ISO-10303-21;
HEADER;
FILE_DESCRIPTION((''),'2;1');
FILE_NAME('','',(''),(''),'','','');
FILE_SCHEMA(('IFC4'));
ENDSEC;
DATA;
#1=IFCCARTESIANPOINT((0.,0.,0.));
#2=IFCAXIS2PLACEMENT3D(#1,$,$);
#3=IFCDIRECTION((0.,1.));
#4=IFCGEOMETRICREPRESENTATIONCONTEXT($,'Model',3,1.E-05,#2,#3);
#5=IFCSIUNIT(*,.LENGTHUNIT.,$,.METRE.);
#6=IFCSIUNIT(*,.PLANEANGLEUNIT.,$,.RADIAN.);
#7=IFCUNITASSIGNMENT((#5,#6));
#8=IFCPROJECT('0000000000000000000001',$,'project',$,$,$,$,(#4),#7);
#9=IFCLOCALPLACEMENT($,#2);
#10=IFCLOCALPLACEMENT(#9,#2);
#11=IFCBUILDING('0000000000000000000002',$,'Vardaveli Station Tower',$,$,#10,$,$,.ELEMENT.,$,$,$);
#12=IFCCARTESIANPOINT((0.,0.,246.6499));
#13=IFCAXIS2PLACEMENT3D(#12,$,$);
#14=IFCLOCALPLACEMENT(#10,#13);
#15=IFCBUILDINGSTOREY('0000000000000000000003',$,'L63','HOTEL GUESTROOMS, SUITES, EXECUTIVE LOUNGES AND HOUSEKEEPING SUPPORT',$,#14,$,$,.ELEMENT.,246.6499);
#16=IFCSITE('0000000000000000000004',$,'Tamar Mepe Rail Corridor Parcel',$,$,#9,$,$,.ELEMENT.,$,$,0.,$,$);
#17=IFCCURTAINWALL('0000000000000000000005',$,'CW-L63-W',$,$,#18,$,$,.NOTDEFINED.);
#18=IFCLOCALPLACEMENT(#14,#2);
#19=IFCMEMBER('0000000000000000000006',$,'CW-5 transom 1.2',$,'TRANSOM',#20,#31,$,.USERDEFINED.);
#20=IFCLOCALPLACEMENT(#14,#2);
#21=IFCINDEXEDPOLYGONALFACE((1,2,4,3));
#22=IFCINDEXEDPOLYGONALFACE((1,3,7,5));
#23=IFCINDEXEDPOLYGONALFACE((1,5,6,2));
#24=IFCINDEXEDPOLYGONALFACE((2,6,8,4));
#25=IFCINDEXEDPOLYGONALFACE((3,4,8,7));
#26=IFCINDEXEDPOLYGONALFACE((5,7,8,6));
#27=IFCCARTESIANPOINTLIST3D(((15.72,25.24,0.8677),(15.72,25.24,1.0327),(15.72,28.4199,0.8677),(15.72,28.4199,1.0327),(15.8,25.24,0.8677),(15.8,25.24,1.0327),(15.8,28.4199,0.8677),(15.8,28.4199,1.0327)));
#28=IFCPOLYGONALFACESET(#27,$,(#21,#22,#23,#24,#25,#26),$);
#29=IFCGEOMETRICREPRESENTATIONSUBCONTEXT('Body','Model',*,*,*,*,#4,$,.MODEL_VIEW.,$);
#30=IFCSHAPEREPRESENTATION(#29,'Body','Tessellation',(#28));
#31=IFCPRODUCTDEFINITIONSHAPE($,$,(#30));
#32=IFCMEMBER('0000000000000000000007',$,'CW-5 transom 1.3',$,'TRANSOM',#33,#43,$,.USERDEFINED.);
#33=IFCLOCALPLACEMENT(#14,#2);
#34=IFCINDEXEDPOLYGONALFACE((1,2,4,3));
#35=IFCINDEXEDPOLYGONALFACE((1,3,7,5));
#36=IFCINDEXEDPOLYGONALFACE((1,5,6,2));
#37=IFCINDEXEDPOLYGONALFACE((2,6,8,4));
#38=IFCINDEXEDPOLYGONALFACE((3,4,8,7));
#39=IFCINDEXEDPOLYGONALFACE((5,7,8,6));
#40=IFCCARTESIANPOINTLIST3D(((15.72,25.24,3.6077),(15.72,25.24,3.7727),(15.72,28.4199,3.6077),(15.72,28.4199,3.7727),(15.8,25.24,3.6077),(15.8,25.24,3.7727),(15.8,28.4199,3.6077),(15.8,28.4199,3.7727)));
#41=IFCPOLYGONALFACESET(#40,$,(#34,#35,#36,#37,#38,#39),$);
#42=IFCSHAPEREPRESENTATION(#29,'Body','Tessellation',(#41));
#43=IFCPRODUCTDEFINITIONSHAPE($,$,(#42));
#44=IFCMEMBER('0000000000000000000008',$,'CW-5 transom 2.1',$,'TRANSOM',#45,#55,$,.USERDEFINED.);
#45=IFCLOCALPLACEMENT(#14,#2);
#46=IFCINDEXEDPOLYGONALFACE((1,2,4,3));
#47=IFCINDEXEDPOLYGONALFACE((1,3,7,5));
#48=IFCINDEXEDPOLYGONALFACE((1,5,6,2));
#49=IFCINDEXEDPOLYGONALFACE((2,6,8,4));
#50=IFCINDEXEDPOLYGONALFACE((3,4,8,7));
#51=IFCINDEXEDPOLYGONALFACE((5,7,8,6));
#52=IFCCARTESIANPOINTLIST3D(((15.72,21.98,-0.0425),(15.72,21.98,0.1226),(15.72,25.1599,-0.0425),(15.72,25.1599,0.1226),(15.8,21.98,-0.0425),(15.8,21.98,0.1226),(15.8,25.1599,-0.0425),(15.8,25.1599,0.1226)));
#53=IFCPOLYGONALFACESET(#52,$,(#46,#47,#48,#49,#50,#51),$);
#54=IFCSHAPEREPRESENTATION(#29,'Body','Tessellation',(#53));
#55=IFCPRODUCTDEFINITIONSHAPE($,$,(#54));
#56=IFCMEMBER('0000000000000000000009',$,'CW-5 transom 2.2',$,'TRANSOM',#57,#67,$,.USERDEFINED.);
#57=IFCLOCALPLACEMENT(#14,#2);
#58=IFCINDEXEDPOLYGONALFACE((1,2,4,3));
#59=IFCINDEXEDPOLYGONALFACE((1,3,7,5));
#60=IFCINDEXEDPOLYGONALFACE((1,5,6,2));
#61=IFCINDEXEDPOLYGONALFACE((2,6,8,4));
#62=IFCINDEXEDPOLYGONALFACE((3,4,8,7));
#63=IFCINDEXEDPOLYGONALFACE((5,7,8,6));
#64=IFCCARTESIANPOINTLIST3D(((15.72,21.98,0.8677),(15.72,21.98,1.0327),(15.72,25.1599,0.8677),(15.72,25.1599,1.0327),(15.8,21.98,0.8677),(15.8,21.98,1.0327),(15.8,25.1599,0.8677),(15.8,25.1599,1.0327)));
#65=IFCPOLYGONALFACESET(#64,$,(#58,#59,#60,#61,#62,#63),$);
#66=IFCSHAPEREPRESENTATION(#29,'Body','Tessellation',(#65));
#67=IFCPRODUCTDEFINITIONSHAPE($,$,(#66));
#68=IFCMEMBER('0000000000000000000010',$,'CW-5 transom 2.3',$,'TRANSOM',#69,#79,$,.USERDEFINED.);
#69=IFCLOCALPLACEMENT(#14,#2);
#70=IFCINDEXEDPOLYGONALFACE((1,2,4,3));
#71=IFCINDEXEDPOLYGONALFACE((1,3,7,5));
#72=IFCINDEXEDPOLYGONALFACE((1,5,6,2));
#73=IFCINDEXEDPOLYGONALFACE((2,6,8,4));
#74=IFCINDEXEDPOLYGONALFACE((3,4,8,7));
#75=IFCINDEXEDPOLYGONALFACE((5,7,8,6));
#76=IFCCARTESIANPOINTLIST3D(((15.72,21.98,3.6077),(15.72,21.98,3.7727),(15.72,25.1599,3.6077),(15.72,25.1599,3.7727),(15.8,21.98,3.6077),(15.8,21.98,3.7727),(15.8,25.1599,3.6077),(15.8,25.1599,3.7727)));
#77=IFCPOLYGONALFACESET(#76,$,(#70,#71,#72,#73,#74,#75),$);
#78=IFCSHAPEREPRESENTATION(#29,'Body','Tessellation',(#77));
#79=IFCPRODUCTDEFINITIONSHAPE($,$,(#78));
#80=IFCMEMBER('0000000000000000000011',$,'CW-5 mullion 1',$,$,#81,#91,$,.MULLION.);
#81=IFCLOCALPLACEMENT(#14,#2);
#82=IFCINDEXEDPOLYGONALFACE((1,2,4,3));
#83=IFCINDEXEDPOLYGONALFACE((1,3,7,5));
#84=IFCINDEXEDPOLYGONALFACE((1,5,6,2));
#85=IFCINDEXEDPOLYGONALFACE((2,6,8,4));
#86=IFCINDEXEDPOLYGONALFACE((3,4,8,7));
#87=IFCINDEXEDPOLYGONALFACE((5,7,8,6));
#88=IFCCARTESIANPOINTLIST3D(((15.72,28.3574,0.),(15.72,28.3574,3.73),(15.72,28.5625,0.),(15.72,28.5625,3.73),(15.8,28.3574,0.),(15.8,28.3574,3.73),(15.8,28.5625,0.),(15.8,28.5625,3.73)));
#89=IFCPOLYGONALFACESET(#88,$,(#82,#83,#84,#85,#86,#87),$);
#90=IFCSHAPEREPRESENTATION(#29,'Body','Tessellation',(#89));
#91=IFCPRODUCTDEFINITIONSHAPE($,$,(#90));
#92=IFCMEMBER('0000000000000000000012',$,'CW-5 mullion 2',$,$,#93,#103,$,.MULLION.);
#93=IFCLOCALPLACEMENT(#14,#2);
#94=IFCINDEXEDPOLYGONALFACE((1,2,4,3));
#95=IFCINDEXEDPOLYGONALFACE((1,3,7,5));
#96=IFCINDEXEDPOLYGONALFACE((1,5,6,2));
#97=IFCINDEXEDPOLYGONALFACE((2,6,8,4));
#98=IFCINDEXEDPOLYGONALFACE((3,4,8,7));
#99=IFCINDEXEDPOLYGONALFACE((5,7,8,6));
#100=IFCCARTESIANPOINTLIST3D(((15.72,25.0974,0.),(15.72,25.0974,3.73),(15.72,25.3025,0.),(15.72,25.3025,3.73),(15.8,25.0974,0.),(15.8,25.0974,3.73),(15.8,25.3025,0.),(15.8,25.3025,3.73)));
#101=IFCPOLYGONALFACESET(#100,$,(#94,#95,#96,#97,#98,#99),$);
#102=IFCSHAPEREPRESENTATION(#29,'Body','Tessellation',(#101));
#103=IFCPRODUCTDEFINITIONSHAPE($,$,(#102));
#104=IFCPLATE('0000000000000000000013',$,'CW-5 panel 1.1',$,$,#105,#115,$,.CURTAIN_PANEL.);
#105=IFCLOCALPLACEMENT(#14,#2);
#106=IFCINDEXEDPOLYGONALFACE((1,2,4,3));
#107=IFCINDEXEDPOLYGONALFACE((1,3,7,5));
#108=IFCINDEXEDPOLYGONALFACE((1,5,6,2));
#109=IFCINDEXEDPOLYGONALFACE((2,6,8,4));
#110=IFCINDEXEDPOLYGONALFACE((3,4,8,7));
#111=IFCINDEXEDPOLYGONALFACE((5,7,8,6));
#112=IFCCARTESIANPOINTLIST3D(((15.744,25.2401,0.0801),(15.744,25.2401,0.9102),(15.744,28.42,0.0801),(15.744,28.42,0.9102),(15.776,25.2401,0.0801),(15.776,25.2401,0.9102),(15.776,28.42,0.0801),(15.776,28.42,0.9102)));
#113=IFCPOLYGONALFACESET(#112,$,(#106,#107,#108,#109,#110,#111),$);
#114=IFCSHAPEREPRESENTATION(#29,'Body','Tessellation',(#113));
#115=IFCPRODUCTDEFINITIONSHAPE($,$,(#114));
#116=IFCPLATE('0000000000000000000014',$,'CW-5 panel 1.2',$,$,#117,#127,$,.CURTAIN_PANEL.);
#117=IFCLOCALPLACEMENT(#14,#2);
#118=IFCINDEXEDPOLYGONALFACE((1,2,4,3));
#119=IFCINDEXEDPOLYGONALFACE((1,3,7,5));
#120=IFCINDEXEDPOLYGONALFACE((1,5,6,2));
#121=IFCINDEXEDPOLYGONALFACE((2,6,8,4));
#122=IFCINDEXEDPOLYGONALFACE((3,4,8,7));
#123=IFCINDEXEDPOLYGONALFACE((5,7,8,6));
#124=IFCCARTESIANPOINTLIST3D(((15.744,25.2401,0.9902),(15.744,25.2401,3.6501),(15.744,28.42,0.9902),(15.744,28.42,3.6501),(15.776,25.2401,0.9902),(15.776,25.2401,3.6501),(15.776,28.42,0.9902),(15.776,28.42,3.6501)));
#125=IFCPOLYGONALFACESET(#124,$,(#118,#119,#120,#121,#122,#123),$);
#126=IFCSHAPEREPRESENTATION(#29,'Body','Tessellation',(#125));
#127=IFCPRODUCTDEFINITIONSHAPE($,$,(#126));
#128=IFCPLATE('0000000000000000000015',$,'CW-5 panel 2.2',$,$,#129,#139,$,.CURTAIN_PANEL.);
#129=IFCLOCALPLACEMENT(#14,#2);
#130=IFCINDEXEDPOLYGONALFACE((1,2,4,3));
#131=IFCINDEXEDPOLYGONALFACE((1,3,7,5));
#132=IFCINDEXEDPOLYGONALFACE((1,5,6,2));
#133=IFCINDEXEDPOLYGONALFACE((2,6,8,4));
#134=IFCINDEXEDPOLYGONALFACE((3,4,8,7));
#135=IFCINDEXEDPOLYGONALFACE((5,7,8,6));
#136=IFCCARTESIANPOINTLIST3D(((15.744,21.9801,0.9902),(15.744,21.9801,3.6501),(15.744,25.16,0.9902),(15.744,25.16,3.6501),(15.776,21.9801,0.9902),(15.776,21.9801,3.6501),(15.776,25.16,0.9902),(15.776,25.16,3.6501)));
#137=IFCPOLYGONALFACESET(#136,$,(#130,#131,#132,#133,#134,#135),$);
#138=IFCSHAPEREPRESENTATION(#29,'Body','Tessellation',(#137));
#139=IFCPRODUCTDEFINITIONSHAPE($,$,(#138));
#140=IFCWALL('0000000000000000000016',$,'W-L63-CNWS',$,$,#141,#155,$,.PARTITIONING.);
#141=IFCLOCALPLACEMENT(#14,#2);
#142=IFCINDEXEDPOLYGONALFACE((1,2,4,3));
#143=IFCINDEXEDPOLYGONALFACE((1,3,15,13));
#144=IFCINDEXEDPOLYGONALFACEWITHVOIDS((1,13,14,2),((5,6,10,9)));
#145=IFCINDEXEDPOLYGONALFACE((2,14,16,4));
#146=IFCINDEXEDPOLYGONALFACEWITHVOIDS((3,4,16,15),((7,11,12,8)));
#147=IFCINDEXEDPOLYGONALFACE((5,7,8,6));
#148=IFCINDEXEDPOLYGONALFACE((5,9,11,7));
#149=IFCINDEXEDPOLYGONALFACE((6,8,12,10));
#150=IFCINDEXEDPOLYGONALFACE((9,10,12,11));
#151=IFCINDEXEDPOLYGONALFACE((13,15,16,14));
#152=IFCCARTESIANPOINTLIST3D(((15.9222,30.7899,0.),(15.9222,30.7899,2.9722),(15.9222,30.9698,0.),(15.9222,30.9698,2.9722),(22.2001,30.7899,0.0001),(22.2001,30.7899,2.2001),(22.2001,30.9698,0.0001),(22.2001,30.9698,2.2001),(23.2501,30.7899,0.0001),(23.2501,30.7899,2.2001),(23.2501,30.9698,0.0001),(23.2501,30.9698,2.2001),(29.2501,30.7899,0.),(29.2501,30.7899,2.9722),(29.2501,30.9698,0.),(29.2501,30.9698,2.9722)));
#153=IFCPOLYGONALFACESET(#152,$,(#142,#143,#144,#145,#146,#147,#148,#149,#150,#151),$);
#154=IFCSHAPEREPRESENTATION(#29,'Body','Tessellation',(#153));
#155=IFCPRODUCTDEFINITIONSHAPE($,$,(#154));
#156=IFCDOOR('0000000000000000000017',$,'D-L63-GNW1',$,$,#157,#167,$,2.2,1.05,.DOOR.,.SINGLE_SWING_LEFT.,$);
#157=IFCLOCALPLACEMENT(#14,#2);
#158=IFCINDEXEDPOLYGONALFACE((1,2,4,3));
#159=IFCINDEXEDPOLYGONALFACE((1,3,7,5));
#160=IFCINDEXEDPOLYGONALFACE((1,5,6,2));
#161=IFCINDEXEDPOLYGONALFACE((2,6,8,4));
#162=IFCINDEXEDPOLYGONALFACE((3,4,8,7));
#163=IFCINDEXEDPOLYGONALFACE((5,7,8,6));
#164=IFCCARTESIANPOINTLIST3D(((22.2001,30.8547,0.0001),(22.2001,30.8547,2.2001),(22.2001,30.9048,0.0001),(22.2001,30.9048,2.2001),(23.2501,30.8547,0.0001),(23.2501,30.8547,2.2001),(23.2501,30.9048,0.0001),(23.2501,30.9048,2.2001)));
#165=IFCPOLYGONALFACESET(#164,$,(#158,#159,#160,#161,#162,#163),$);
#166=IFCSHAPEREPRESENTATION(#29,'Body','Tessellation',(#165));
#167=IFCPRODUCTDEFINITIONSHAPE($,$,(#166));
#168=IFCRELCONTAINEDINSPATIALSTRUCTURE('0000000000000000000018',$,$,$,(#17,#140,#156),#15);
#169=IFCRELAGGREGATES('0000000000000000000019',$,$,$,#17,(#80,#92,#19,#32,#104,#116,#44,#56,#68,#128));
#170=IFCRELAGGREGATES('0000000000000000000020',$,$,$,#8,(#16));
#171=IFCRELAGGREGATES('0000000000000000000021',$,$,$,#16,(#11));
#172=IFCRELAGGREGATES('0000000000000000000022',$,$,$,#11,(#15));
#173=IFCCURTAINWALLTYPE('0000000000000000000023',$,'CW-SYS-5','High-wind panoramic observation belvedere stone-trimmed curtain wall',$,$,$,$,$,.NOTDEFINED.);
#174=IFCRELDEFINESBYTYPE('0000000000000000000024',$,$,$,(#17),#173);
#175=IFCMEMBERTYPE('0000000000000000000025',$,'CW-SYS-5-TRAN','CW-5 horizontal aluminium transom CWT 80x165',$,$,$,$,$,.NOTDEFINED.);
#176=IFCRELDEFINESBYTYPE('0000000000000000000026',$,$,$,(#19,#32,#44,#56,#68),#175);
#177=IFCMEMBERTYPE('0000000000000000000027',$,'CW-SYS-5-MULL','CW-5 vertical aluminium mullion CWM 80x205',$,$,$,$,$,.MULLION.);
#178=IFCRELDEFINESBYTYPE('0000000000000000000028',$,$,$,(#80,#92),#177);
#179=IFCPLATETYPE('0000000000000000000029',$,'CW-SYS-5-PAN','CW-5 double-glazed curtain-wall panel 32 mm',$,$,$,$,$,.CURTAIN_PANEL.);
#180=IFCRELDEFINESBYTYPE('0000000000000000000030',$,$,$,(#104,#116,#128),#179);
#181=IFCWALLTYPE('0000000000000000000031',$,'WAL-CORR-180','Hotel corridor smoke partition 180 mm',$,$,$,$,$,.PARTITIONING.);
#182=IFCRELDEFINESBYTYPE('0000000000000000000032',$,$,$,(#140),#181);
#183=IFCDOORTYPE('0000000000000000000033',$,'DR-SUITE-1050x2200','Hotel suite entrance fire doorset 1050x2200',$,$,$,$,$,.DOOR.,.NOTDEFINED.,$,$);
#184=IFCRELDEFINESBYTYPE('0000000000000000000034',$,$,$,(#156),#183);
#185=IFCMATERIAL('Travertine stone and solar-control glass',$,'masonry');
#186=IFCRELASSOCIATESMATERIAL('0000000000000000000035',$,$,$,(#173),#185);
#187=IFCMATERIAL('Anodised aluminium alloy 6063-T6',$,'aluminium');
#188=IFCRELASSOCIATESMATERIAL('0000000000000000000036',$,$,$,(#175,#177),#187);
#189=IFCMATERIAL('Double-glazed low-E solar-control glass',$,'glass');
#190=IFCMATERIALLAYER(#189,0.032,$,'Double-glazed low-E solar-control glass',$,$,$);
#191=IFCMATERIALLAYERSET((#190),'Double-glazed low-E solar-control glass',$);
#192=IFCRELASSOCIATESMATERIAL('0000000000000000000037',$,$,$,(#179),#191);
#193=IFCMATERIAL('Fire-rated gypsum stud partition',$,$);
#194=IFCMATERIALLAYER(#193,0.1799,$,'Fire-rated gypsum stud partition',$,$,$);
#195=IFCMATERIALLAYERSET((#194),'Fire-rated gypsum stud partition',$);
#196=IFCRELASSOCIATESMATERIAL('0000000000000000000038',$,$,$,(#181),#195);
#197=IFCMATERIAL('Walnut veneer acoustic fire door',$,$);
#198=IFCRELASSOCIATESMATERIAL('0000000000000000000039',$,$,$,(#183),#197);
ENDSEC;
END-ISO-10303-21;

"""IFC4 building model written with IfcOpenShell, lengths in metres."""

from ifc_helpers import new_model, si_unit, direction, frame, frame_2d, origin, origin_2d, place, context, subcontext, project, spatial, rectangle, extrude, source, transform, mapped, material, layer, layer_set, material_profile, profile_set, type_object, element, fill, aggregate, save


model = new_model("IFC4")

# Units and contexts
model_context = context("Model", 3, precision=1e-05, world=origin(), true_north=direction((0.0, 1.0)))
body_context = subcontext(model_context, "Body", "Model", "MODEL_VIEW")
ifc_project = project(units=[si_unit("LENGTHUNIT", "METRE"), si_unit("PLANEANGLEUNIT", "RADIAN")], contexts=[model_context])

# Site, building, storey
site_placement = place(None, origin())
site = spatial("IfcSite", under=ifc_project, at=site_placement, Name="Tamar Mepe Rail Corridor Parcel", CompositionType="ELEMENT", RefElevation=0.0)
building_placement = place(site_placement, origin())
building = spatial("IfcBuilding", under=site, at=building_placement, Name="Vardaveli Station Tower", CompositionType="ELEMENT")
storey_placement = place(building_placement, frame((0.0, 0.0, 246.6499)))
storey = spatial("IfcBuildingStorey", under=building, at=storey_placement, Name="L63", Description="HOTEL GUESTROOMS, SUITES, EXECUTIVE LOUNGES AND HOUSEKEEPING SUPPORT", CompositionType="ELEMENT", Elevation=246.6499)

# Curtain wall, members, plates
ifc_material_1 = material(Name="Travertine stone and solar-control glass", Category="masonry")
curtain_wall_type = type_object("IfcCurtainWallType", Name="CW-SYS-5", Description="High-wind panoramic observation belvedere stone-trimmed curtain wall", PredefinedType="NOTDEFINED", material=ifc_material_1)
curtain_wall_placement = place(storey_placement, origin())
curtain_wall = element("IfcCurtainWall", 1, at=curtain_wall_placement, inside=storey, type_object=curtain_wall_type, Name="CW-L63-W", PredefinedType="NOTDEFINED")
ifc_material_2 = material(Name="Anodised aluminium alloy 6063-T6", Category="aluminium")
ifc_material_profile_1 = material_profile(ifc_material_2, rectangle(XDim=0.0801, YDim=0.165, at=origin_2d()), Name="CWT 80x165")
ifc_profile_set_1 = profile_set([ifc_material_profile_1], Name="Anodised aluminium alloy 6063-T6")
member_type_1 = type_object("IfcMemberType", Name="CW-SYS-5-TRAN", Description="CW-5 horizontal aluminium transom CWT 80x165", PredefinedType="NOTDEFINED", material=ifc_profile_set_1)
shared_shape_1 = source(origin(), body_context, "Body", "SweptSolid", [
    extrude(rectangle(XDim=0.0801, YDim=0.165, at=origin_2d()), origin(), (0.0, 0.0, 1.0), 3.1799),
])
member_1_placement = place(storey_placement, frame((15.76, 28.4199, 0.9502), z_axis=(0.0, -1.0, 0.0), x_axis=(1.0, 0.0, 0.0)))
member_1 = element("IfcMember", 2, at=member_1_placement, type_object=member_type_1, Name="CW-5 transom 1.2", ObjectType="TRANSOM", PredefinedType="USERDEFINED", context=body_context, shape_type="MappedRepresentation", body=[
    mapped(shared_shape_1, transform((0.0, 0.0, 0.0), scale=1.0)),
])
member_2_placement = place(storey_placement, frame((15.76, 28.4199, 3.6902), z_axis=(0.0, -1.0, 0.0), x_axis=(1.0, 0.0, 0.0)))
member_2 = element("IfcMember", 3, at=member_2_placement, type_object=member_type_1, Name="CW-5 transom 1.3", ObjectType="TRANSOM", PredefinedType="USERDEFINED", context=body_context, shape_type="MappedRepresentation", body=[
    mapped(shared_shape_1, transform((0.0, 0.0, 0.0), scale=1.0)),
])
member_3_placement = place(storey_placement, frame((15.76, 25.1599, 0.04), z_axis=(0.0, -1.0, 0.0), x_axis=(1.0, 0.0, 0.0)))
member_3 = element("IfcMember", 4, at=member_3_placement, type_object=member_type_1, Name="CW-5 transom 2.1", ObjectType="TRANSOM", PredefinedType="USERDEFINED", context=body_context, shape_type="MappedRepresentation", body=[
    mapped(shared_shape_1, transform((0.0, 0.0, 0.0), scale=1.0)),
])
member_4_placement = place(storey_placement, frame((15.76, 25.1599, 0.9502), z_axis=(0.0, -1.0, 0.0), x_axis=(1.0, 0.0, 0.0)))
member_4 = element("IfcMember", 5, at=member_4_placement, type_object=member_type_1, Name="CW-5 transom 2.2", ObjectType="TRANSOM", PredefinedType="USERDEFINED", context=body_context, shape_type="MappedRepresentation", body=[
    mapped(shared_shape_1, transform((0.0, 0.0, 0.0), scale=1.0)),
])
member_5_placement = place(storey_placement, frame((15.76, 25.1599, 3.6902), z_axis=(0.0, -1.0, 0.0), x_axis=(1.0, 0.0, 0.0)))
member_5 = element("IfcMember", 6, at=member_5_placement, type_object=member_type_1, Name="CW-5 transom 2.3", ObjectType="TRANSOM", PredefinedType="USERDEFINED", context=body_context, shape_type="MappedRepresentation", body=[
    mapped(shared_shape_1, transform((0.0, 0.0, 0.0), scale=1.0)),
])
ifc_material_profile_2 = material_profile(ifc_material_2, rectangle(XDim=0.0801, YDim=0.2051, at=origin_2d()), Name="CWM 80x205")
ifc_profile_set_2 = profile_set([ifc_material_profile_2], Name="Anodised aluminium alloy 6063-T6")
member_type_2 = type_object("IfcMemberType", Name="CW-SYS-5-MULL", Description="CW-5 vertical aluminium mullion CWM 80x205", PredefinedType="MULLION", material=ifc_profile_set_2)
shared_shape_2 = source(origin(), body_context, "Body", "SweptSolid", [
    extrude(rectangle(XDim=0.0801, YDim=0.2051, at=origin_2d()), origin(), (0.0, 0.0, 1.0), 3.73),
])
member_6_placement = place(storey_placement, frame((15.76, 28.46, 0.0), z_axis=(0.0, 0.0, 1.0), x_axis=(1.0, 0.0, 0.0)))
member_6 = element("IfcMember", 7, at=member_6_placement, type_object=member_type_2, Name="CW-5 mullion 1", PredefinedType="MULLION", context=body_context, shape_type="MappedRepresentation", body=[
    mapped(shared_shape_2, transform((0.0, 0.0, 0.0), scale=1.0)),
])
member_7_placement = place(storey_placement, frame((15.76, 25.2, 0.0), z_axis=(0.0, 0.0, 1.0), x_axis=(1.0, 0.0, 0.0)))
member_7 = element("IfcMember", 8, at=member_7_placement, type_object=member_type_2, Name="CW-5 mullion 2", PredefinedType="MULLION", context=body_context, shape_type="MappedRepresentation", body=[
    mapped(shared_shape_2, transform((0.0, 0.0, 0.0), scale=1.0)),
])
ifc_material_3 = material(Name="Double-glazed low-E solar-control glass", Category="glass")
ifc_layer_1 = layer(ifc_material_3, 0.032, Name="Double-glazed low-E solar-control glass")
ifc_layer_set_1 = layer_set([ifc_layer_1], Name="Double-glazed low-E solar-control glass")
plate_type = type_object("IfcPlateType", Name="CW-SYS-5-PAN", Description="CW-5 double-glazed curtain-wall panel 32 mm", PredefinedType="CURTAIN_PANEL", material=ifc_layer_set_1)
shared_shape_3 = source(origin(), body_context, "Body", "SweptSolid", [
    extrude(rectangle(XDim=3.1799, YDim=0.032, at=origin_2d()), origin(), (0.0, 0.0, 1.0), 0.8301),
])
plate_1_placement = place(storey_placement, frame((15.76, 26.8301, 0.0801), z_axis=(0.0, 0.0, 1.0), x_axis=(0.0, -1.0, 0.0)))
plate_1 = element("IfcPlate", 9, at=plate_1_placement, type_object=plate_type, Name="CW-5 panel 1.1", PredefinedType="CURTAIN_PANEL", context=body_context, shape_type="MappedRepresentation", body=[
    mapped(shared_shape_3, transform((0.0, 0.0, 0.0), scale=1.0)),
])
shared_shape_4 = source(origin(), body_context, "Body", "SweptSolid", [
    extrude(rectangle(XDim=3.1799, YDim=0.032, at=origin_2d()), origin(), (0.0, 0.0, 1.0), 2.6599),
])
plate_2_placement = place(storey_placement, frame((15.76, 26.8301, 0.9902), z_axis=(0.0, 0.0, 1.0), x_axis=(0.0, -1.0, 0.0)))
plate_2 = element("IfcPlate", 10, at=plate_2_placement, type_object=plate_type, Name="CW-5 panel 1.2", PredefinedType="CURTAIN_PANEL", context=body_context, shape_type="MappedRepresentation", body=[
    mapped(shared_shape_4, transform((0.0, 0.0, 0.0), scale=1.0)),
])
plate_3_placement = place(storey_placement, frame((15.76, 23.5701, 0.9902), z_axis=(0.0, 0.0, 1.0), x_axis=(0.0, -1.0, 0.0)))
plate_3 = element("IfcPlate", 11, at=plate_3_placement, type_object=plate_type, Name="CW-5 panel 2.2", PredefinedType="CURTAIN_PANEL", context=body_context, shape_type="MappedRepresentation", body=[
    mapped(shared_shape_4, transform((0.0, 0.0, 0.0), scale=1.0)),
])
aggregate(curtain_wall, [member_6, member_7, member_1, member_2, plate_1, plate_2, member_3, member_4, member_5, plate_3])

# Wall, opening, door
ifc_material_4 = material(Name="Fire-rated gypsum stud partition")
ifc_layer_2 = layer(ifc_material_4, 0.1799, Name="Fire-rated gypsum stud partition")
ifc_layer_set_2 = layer_set([ifc_layer_2], Name="Fire-rated gypsum stud partition")
wall_type = type_object("IfcWallType", Name="WAL-CORR-180", Description="Hotel corridor smoke partition 180 mm", PredefinedType="PARTITIONING", material=ifc_layer_set_2)
shared_shape_5 = source(origin(), body_context, "Body", "SweptSolid", [
    extrude(rectangle(XDim=13.3279, YDim=0.1799, at=frame_2d((6.6641, 0.0))), origin(), (0.0, 0.0, 1.0), 2.9722),
])
wall_1_placement = place(storey_placement, frame((15.9221, 30.8799, 0.0), z_axis=(0.0, 0.0, 1.0), x_axis=(1.0, 0.0, 0.0)))
wall_1 = element("IfcWall", 12, at=wall_1_placement, inside=storey, type_object=wall_type, Name="W-L63-CNWS", PredefinedType="PARTITIONING", context=body_context, shape_type="MappedRepresentation", body=[
    mapped(shared_shape_5, transform((0.0, 0.0, 0.0), scale=1.0)),
])
shared_shape_6 = source(origin(), body_context, "Body", "SweptSolid", [
    extrude(rectangle(XDim=1.05, YDim=2.2, at=frame_2d((0.5249, 1.1001))), frame((0.0, 0.1001, 0.0), z_axis=(0.0, -1.0, 0.0), x_axis=(1.0, 0.0, 0.0)), (0.0, 0.0, 1.0), 0.2),
])
opening_placement = place(wall_1_placement, frame((6.2781, 0.0, 0.0)))
opening = element("IfcOpeningElement", 13, at=opening_placement, cuts=wall_1, PredefinedType="OPENING", context=body_context, shape_type="MappedRepresentation", body=[
    mapped(shared_shape_6, transform((0.0, 0.0, 0.0), scale=1.0)),
])
ifc_material_5 = material(Name="Walnut veneer acoustic fire door")
door_type = type_object("IfcDoorType", Name="DR-SUITE-1050x2200", Description="Hotel suite entrance fire doorset 1050x2200", OperationType="NOTDEFINED", PredefinedType="DOOR", material=ifc_material_5)
shared_shape_7 = source(origin(), body_context, "Body", "SweptSolid", [
    extrude(rectangle(XDim=1.05, YDim=2.2, at=frame_2d((0.5249, 1.1001))), frame((0.0, 0.0249, 0.0), z_axis=(0.0, -1.0, 0.0), x_axis=(1.0, 0.0, 0.0)), (0.0, 0.0, 1.0), 0.05),
])
door_placement = place(opening_placement, origin())
door = element("IfcDoor", 14, at=door_placement, inside=storey, type_object=door_type, Name="D-L63-GNW1", OperationType="SINGLE_SWING_LEFT", OverallHeight=2.2, OverallWidth=1.05, PredefinedType="DOOR", context=body_context, shape_type="MappedRepresentation", body=[
    mapped(shared_shape_7, transform((0.0, 0.0, 0.0), scale=1.0)),
])
fill(opening, door)

save(model, "model.ifc")
